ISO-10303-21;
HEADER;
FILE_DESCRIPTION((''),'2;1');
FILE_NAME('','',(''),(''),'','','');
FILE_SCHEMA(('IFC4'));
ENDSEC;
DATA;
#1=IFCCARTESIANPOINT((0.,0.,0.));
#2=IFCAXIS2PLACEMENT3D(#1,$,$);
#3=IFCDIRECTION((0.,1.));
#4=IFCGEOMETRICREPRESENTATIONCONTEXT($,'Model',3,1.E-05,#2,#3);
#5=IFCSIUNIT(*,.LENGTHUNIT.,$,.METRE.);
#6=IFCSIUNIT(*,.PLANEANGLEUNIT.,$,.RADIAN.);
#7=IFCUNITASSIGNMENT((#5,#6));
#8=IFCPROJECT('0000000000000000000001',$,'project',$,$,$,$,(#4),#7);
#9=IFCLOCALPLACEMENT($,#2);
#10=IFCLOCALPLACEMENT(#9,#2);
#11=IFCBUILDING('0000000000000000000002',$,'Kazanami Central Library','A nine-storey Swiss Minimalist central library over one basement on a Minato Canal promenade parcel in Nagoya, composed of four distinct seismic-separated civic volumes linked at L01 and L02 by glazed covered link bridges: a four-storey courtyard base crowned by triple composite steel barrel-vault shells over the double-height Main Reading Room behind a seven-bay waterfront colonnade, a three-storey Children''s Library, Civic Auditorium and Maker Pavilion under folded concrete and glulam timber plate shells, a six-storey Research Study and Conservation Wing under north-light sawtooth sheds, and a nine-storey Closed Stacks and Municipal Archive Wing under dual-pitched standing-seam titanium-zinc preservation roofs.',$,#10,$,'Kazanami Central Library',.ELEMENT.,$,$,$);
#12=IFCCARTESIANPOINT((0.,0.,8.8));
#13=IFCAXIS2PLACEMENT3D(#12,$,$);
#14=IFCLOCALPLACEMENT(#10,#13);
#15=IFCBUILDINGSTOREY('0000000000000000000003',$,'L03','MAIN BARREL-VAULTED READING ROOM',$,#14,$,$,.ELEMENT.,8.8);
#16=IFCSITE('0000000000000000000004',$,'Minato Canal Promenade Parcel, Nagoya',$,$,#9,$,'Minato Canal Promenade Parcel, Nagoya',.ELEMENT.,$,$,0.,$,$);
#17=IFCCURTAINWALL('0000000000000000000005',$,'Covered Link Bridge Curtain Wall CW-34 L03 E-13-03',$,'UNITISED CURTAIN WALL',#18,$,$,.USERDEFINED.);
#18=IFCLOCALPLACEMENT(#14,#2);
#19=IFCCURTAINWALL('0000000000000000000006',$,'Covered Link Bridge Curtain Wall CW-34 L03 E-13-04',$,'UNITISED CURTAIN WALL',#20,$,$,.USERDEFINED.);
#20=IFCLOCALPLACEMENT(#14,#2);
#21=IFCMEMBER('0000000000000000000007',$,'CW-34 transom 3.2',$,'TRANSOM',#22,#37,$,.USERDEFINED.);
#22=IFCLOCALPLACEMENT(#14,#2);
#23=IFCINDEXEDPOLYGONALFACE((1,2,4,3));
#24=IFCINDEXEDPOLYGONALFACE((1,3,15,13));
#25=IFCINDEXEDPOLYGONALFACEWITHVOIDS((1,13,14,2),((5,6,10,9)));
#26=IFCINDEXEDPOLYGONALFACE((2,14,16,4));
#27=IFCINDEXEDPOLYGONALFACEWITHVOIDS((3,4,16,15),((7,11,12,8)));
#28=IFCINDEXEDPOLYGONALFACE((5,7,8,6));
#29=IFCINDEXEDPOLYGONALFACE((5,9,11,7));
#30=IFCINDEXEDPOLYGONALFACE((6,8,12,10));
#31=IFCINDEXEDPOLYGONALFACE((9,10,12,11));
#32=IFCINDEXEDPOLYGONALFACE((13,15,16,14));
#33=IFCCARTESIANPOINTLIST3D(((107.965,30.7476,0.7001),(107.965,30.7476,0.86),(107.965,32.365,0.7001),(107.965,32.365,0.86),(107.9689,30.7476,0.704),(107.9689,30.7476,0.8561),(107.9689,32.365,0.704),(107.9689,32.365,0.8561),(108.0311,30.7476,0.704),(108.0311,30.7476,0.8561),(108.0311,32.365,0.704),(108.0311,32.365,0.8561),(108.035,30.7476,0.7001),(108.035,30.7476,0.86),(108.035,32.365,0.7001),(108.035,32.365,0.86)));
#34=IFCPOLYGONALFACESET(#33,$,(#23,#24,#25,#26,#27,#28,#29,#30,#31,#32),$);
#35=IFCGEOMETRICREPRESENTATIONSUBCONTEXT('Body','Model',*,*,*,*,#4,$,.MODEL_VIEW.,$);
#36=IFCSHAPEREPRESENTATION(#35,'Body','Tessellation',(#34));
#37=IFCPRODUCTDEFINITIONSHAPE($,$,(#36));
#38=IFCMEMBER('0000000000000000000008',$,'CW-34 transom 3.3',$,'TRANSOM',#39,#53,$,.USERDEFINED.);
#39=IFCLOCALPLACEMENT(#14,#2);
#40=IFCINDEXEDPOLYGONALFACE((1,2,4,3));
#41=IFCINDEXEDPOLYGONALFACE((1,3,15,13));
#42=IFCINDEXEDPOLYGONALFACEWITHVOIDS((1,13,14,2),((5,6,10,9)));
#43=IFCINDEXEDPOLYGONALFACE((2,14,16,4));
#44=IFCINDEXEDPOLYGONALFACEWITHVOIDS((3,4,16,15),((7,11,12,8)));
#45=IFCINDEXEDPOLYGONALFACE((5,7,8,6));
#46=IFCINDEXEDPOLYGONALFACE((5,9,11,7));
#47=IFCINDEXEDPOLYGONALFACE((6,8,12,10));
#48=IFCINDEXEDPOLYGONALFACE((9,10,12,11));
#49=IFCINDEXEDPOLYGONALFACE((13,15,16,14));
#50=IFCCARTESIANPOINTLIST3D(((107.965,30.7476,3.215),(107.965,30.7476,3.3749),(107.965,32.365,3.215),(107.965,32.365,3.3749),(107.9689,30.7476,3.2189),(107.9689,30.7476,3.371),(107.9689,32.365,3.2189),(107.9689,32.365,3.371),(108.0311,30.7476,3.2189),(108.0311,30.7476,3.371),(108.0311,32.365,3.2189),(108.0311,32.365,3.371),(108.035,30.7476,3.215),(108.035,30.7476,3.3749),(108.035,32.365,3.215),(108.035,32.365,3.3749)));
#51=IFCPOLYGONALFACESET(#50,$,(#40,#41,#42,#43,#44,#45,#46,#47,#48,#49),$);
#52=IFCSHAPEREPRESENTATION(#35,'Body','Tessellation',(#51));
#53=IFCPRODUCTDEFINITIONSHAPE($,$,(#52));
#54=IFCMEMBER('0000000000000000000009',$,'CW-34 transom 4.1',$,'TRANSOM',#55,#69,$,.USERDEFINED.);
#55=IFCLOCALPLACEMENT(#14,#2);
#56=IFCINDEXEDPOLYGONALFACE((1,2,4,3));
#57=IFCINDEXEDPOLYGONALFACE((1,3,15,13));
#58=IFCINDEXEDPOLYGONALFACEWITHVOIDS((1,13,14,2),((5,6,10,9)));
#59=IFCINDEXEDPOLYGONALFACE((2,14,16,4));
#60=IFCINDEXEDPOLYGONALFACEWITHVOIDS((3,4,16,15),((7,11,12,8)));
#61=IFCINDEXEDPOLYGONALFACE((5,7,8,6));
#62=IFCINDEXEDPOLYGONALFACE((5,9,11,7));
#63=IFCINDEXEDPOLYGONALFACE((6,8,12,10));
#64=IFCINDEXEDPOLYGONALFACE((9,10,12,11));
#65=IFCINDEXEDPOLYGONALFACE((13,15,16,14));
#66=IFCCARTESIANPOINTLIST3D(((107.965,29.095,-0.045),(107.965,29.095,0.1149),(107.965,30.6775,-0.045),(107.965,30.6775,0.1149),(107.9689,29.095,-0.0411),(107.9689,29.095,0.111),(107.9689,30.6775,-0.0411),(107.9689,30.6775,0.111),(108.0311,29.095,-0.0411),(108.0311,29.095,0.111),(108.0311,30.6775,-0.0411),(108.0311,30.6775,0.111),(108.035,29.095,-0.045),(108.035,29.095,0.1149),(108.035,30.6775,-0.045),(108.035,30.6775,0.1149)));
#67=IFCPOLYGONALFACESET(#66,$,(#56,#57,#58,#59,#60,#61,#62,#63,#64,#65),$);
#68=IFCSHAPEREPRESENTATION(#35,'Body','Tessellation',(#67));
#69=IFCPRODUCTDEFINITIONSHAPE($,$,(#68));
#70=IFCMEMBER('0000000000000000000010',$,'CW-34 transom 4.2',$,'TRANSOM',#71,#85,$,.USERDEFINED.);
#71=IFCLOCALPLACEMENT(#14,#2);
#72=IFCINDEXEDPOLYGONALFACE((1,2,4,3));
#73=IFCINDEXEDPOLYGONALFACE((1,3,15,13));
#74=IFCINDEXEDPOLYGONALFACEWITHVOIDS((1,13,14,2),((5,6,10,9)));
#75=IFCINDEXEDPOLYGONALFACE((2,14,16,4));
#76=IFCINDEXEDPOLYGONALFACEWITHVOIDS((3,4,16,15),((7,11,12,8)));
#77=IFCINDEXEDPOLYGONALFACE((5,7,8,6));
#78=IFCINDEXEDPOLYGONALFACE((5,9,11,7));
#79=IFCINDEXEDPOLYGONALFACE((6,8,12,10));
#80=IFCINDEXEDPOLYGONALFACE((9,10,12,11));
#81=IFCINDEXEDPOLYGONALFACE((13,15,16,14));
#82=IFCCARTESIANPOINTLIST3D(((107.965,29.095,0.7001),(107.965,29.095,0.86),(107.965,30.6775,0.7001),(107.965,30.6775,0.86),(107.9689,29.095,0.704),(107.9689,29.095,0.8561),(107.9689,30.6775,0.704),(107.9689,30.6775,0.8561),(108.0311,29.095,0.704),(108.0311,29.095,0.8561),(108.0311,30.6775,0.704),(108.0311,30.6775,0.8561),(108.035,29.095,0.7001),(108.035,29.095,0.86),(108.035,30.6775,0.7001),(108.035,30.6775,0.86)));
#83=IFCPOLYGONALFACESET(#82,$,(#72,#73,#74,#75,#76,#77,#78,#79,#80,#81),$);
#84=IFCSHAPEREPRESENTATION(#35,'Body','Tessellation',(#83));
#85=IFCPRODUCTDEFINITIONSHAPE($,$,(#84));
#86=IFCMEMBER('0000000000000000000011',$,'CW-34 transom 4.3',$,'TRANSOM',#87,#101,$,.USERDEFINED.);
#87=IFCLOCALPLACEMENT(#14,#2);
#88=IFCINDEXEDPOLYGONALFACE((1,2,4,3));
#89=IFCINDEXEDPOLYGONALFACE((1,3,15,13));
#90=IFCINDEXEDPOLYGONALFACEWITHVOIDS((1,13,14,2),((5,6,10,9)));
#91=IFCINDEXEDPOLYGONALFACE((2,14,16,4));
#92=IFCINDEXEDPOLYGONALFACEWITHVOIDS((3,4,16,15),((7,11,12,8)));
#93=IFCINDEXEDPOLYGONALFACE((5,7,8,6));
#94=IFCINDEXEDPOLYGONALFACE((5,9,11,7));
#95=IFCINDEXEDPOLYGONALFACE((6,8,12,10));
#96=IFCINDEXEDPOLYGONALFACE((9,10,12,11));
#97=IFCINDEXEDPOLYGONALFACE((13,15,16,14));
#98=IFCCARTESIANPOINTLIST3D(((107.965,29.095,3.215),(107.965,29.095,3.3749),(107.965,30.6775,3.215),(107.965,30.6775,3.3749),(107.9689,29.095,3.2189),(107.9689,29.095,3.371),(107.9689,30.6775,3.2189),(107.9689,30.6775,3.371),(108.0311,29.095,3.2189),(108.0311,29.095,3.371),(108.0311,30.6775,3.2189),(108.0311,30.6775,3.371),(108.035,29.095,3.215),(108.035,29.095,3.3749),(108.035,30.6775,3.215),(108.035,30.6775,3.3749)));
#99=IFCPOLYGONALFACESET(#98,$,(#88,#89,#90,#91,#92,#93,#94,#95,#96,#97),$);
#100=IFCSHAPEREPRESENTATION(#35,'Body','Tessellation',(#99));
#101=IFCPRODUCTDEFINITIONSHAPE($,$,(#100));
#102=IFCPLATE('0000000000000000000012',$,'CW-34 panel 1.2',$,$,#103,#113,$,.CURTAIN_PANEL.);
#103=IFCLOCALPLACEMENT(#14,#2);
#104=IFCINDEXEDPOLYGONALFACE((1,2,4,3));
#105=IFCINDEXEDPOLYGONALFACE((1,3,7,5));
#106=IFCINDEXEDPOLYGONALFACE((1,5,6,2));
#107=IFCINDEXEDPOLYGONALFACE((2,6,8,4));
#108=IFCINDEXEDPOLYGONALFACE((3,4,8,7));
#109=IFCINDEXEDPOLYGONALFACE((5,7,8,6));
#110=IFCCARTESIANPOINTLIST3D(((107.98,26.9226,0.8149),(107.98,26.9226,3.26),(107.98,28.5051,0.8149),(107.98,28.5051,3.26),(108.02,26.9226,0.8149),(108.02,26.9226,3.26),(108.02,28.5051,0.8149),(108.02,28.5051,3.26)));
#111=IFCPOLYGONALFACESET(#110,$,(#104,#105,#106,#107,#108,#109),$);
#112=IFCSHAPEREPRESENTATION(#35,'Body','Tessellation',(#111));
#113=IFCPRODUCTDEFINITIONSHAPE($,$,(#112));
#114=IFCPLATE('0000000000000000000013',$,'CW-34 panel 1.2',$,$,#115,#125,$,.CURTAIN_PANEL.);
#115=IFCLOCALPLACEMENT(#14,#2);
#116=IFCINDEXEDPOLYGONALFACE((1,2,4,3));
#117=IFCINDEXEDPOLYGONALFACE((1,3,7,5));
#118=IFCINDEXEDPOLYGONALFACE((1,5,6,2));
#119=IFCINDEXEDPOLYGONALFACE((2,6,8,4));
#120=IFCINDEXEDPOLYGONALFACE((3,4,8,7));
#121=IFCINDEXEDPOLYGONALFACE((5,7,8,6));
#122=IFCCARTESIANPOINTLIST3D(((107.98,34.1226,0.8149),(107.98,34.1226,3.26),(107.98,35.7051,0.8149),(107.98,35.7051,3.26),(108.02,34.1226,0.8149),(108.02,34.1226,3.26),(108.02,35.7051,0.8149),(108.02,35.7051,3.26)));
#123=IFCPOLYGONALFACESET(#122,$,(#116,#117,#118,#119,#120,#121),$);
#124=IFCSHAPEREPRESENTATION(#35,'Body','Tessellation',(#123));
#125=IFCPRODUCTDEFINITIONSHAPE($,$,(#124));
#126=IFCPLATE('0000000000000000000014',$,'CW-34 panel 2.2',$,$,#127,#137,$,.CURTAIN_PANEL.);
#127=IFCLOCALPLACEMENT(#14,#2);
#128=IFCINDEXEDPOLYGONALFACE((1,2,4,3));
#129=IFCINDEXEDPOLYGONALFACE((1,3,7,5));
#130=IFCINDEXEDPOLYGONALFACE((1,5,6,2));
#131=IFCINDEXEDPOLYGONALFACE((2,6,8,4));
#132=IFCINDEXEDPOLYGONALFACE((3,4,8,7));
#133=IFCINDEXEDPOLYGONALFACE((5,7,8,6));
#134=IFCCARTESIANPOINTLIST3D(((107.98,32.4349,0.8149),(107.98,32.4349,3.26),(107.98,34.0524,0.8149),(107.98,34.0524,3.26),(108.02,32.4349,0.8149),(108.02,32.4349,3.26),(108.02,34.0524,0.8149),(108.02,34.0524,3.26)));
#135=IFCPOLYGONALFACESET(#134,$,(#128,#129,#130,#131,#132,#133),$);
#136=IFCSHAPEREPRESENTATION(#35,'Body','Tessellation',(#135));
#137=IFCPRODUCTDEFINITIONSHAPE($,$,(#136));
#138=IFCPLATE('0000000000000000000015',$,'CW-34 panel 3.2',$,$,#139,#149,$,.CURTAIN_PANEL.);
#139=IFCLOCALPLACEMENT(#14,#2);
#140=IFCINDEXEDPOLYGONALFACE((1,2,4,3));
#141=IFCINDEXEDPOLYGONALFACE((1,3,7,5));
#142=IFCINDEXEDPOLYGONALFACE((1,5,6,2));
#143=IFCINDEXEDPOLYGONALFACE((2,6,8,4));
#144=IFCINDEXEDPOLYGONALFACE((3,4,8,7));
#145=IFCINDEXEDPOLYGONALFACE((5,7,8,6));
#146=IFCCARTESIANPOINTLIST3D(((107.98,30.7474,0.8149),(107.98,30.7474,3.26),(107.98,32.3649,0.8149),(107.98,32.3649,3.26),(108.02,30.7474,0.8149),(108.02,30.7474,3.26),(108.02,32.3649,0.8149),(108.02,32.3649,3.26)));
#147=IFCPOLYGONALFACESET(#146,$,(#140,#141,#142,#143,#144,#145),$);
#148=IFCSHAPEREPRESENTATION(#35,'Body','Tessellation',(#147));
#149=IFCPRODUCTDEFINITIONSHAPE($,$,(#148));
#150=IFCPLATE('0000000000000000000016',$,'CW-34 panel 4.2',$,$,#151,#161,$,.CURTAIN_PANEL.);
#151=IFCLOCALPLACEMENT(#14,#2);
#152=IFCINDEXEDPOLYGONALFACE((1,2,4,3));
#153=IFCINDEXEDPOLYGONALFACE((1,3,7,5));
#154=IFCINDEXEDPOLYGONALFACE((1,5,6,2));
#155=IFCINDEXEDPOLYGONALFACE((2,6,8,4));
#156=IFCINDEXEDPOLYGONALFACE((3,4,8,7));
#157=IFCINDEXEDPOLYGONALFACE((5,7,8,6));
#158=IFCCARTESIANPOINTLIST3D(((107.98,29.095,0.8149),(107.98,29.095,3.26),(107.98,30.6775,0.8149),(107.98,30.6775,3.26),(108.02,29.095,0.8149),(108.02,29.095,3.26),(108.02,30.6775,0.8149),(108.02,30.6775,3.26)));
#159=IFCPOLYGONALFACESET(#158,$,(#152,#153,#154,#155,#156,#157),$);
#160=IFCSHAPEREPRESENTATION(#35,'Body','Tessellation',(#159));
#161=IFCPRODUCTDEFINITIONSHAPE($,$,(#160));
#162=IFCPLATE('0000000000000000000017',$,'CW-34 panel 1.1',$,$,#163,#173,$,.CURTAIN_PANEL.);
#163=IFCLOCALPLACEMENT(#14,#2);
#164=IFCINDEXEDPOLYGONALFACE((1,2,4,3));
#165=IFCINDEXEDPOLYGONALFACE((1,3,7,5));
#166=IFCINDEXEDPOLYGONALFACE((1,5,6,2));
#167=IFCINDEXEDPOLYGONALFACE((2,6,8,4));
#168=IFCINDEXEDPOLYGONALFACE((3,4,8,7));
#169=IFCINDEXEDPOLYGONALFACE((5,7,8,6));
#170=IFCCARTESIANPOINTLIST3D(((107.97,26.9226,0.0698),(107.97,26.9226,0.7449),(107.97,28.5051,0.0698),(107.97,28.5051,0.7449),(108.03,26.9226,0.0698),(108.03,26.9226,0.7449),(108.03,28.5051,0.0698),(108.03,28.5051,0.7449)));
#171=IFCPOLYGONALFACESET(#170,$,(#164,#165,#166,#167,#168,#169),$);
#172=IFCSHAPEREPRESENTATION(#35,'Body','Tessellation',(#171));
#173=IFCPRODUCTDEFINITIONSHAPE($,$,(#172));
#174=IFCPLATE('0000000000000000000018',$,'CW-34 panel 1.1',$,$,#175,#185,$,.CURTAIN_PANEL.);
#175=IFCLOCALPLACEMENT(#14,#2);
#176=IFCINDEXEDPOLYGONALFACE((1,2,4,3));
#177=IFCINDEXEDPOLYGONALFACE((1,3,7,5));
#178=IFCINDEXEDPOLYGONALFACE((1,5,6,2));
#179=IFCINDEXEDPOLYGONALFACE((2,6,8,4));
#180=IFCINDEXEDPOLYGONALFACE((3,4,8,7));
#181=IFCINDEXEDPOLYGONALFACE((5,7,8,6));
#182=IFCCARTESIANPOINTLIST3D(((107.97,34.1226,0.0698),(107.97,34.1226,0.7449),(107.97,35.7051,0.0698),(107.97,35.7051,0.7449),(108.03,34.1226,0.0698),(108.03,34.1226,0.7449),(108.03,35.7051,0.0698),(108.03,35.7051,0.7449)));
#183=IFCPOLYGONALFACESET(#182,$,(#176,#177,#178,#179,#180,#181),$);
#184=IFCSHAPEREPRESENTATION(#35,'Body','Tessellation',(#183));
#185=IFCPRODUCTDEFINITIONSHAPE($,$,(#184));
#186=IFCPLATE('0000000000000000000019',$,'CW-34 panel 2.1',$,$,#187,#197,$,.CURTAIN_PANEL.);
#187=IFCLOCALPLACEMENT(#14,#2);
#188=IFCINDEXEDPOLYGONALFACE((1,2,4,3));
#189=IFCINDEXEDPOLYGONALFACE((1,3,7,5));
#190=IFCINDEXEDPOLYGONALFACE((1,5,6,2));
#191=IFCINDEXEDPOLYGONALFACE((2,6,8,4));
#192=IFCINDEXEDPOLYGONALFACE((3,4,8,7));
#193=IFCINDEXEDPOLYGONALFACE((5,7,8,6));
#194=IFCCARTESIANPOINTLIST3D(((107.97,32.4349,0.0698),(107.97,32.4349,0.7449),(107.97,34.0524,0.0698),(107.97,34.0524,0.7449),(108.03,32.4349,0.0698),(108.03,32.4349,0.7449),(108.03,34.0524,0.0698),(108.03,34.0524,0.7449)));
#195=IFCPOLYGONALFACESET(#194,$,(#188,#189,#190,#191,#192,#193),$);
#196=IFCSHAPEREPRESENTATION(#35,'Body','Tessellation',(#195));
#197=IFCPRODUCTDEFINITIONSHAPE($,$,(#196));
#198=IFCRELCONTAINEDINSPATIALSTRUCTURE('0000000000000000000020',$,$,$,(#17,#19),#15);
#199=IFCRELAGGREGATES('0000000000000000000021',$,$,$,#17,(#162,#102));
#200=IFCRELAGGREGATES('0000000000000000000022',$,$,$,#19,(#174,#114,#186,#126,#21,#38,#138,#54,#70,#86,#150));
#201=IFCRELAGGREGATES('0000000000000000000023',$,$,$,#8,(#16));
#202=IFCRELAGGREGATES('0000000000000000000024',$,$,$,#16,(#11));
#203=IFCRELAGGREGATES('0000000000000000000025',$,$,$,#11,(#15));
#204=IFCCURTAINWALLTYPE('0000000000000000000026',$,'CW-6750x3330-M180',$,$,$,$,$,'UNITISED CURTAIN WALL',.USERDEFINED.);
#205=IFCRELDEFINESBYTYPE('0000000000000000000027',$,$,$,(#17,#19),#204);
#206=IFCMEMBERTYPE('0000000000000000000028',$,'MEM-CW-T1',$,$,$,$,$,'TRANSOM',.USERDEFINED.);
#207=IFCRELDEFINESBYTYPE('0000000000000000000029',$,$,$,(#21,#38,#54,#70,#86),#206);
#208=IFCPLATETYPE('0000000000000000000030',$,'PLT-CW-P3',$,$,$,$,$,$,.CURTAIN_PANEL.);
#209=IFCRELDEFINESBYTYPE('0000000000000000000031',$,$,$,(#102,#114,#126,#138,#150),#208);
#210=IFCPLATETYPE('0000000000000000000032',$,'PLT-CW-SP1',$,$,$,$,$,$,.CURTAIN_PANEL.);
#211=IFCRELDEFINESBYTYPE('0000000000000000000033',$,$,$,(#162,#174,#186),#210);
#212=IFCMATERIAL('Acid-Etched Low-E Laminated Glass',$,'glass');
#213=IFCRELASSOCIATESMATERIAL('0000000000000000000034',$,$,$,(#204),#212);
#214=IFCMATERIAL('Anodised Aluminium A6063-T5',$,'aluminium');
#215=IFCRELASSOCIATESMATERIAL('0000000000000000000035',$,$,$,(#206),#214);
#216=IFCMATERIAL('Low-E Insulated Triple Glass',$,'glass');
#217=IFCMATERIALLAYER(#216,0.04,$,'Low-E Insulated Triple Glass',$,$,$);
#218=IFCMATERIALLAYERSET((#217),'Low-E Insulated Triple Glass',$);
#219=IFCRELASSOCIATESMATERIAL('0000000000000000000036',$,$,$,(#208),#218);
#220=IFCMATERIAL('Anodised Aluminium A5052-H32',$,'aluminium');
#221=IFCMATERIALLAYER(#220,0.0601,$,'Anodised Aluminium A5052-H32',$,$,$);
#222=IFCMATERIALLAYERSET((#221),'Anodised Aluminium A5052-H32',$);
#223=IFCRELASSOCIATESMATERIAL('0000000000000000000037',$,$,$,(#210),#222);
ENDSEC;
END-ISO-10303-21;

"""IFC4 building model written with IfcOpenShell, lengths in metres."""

from ifc_helpers import new_model, si_unit, direction, frame, origin, origin_2d, place, context, subcontext, project, spatial, rectangle, hollow_rectangle, extrude, material, layer, layer_set, material_profile, profile_set, type_object, element, aggregate, save


model = new_model("IFC4")

# Units and contexts
model_context = context("Model", 3, precision=1e-05, world=origin(), true_north=direction((0.0, 1.0)))
body_context = subcontext(model_context, "Body", "Model", "MODEL_VIEW")
ifc_project = project(units=[si_unit("LENGTHUNIT", "METRE"), si_unit("PLANEANGLEUNIT", "RADIAN")], contexts=[model_context])

# Site, building, storey
site_placement = place(None, origin())
site = spatial("IfcSite", under=ifc_project, at=site_placement, Name="Minato Canal Promenade Parcel, Nagoya", LongName="Minato Canal Promenade Parcel, Nagoya", CompositionType="ELEMENT", RefElevation=0.0)
building_placement = place(site_placement, origin())
building = spatial("IfcBuilding", under=site, at=building_placement, Name="Kazanami Central Library", Description="A nine-storey Swiss Minimalist central library over one basement on a Minato Canal promenade parcel in Nagoya, composed of four distinct seismic-separated civic volumes linked at L01 and L02 by glazed covered link bridges: a four-storey courtyard base crowned by triple composite steel barrel-vault shells over the double-height Main Reading Room behind a seven-bay waterfront colonnade, a three-storey Children's Library, Civic Auditorium and Maker Pavilion under folded concrete and glulam timber plate shells, a six-storey Research Study and Conservation Wing under north-light sawtooth sheds, and a nine-storey Closed Stacks and Municipal Archive Wing under dual-pitched standing-seam titanium-zinc preservation roofs.", LongName="Kazanami Central Library", CompositionType="ELEMENT")
storey_placement = place(building_placement, frame((0.0, 0.0, 8.8)))
storey = spatial("IfcBuildingStorey", under=building, at=storey_placement, Name="L03", Description="MAIN BARREL-VAULTED READING ROOM", CompositionType="ELEMENT", Elevation=8.8)

# Curtain walls
ifc_material_1 = material(Name="Acid-Etched Low-E Laminated Glass", Category="glass")
curtain_wall_type = type_object("IfcCurtainWallType", Name="CW-6750x3330-M180", ElementType="UNITISED CURTAIN WALL", PredefinedType="USERDEFINED", material=ifc_material_1)
curtain_wall_1_placement = place(storey_placement, origin())
curtain_wall_1 = element("IfcCurtainWall", 1, at=curtain_wall_1_placement, inside=storey, type_object=curtain_wall_type, Name="Covered Link Bridge Curtain Wall CW-34 L03 E-13-03", ObjectType="UNITISED CURTAIN WALL", PredefinedType="USERDEFINED")
ifc_material_2 = material(Name="Anodised Aluminium A6063-T5", Category="aluminium")
curtain_wall_2_placement = place(storey_placement, origin())
curtain_wall_2 = element("IfcCurtainWall", 2, at=curtain_wall_2_placement, inside=storey, type_object=curtain_wall_type, Name="Covered Link Bridge Curtain Wall CW-34 L03 E-13-04", ObjectType="UNITISED CURTAIN WALL", PredefinedType="USERDEFINED")

# Members
ifc_material_profile_1 = material_profile(ifc_material_2, hollow_rectangle(XDim=0.0701, YDim=0.1599, WallThickness=0.0039, at=origin_2d()), Name="ALU-TRAN-70x160x4")
ifc_profile_set_1 = profile_set([ifc_material_profile_1], Name="Anodised Aluminium A6063-T5")
member_type_1 = type_object("IfcMemberType", Name="MEM-CW-T1", ElementType="TRANSOM", PredefinedType="USERDEFINED", material=ifc_profile_set_1)
member_1_placement = place(storey_placement, frame((108.0, 32.365, 0.78), z_axis=(0.0, -1.0, 0.0), x_axis=(1.0, 0.0, 0.0)))
member_1 = element("IfcMember", 3, at=member_1_placement, type_object=member_type_1, Name="CW-34 transom 3.2", ObjectType="TRANSOM", PredefinedType="USERDEFINED", context=body_context, shape_type="SweptSolid", body=[
    extrude(hollow_rectangle(XDim=0.0701, YDim=0.1599, WallThickness=0.0039, at=origin_2d()), origin(), (0.0, 0.0, 1.0), 1.6174),
])
member_2_placement = place(storey_placement, frame((108.0, 32.365, 3.2949), z_axis=(0.0, -1.0, 0.0), x_axis=(1.0, 0.0, 0.0)))
member_2 = element("IfcMember", 4, at=member_2_placement, type_object=member_type_1, Name="CW-34 transom 3.3", ObjectType="TRANSOM", PredefinedType="USERDEFINED", context=body_context, shape_type="SweptSolid", body=[
    extrude(hollow_rectangle(XDim=0.0701, YDim=0.1599, WallThickness=0.0039, at=origin_2d()), origin(), (0.0, 0.0, 1.0), 1.6174),
])
member_3_placement = place(storey_placement, frame((108.0, 30.6775, 0.0349), z_axis=(0.0, -1.0, 0.0), x_axis=(1.0, 0.0, 0.0)))
member_3 = element("IfcMember", 5, at=member_3_placement, type_object=member_type_1, Name="CW-34 transom 4.1", ObjectType="TRANSOM", PredefinedType="USERDEFINED", context=body_context, shape_type="SweptSolid", body=[
    extrude(hollow_rectangle(XDim=0.0701, YDim=0.1599, WallThickness=0.0039, at=origin_2d()), origin(), (0.0, 0.0, 1.0), 1.5825),
])
member_4_placement = place(storey_placement, frame((108.0, 30.6775, 0.78), z_axis=(0.0, -1.0, 0.0), x_axis=(1.0, 0.0, 0.0)))
member_4 = element("IfcMember", 6, at=member_4_placement, type_object=member_type_1, Name="CW-34 transom 4.2", ObjectType="TRANSOM", PredefinedType="USERDEFINED", context=body_context, shape_type="SweptSolid", body=[
    extrude(hollow_rectangle(XDim=0.0701, YDim=0.1599, WallThickness=0.0039, at=origin_2d()), origin(), (0.0, 0.0, 1.0), 1.5825),
])
member_5_placement = place(storey_placement, frame((108.0, 30.6775, 3.2949), z_axis=(0.0, -1.0, 0.0), x_axis=(1.0, 0.0, 0.0)))
member_5 = element("IfcMember", 7, at=member_5_placement, type_object=member_type_1, Name="CW-34 transom 4.3", ObjectType="TRANSOM", PredefinedType="USERDEFINED", context=body_context, shape_type="SweptSolid", body=[
    extrude(hollow_rectangle(XDim=0.0701, YDim=0.1599, WallThickness=0.0039, at=origin_2d()), origin(), (0.0, 0.0, 1.0), 1.5825),
])

# Plates
ifc_material_3 = material(Name="Low-E Insulated Triple Glass", Category="glass")
ifc_layer_1 = layer(ifc_material_3, 0.04, Name="Low-E Insulated Triple Glass")
ifc_layer_set_1 = layer_set([ifc_layer_1], Name="Low-E Insulated Triple Glass")
plate_type_1 = type_object("IfcPlateType", Name="PLT-CW-P3", PredefinedType="CURTAIN_PANEL", material=ifc_layer_set_1)
plate_1_placement = place(storey_placement, frame((108.0, 27.7139, 0.8149), z_axis=(0.0, 0.0, 1.0), x_axis=(0.0, -1.0, 0.0)))
plate_1 = element("IfcPlate", 8, at=plate_1_placement, type_object=plate_type_1, Name="CW-34 panel 1.2", PredefinedType="CURTAIN_PANEL", context=body_context, shape_type="SweptSolid", body=[
    extrude(rectangle(XDim=1.5825, YDim=0.04, at=origin_2d()), origin(), (0.0, 0.0, 1.0), 2.4451),
])
plate_2_placement = place(storey_placement, frame((108.0, 34.9138, 0.8149), z_axis=(0.0, 0.0, 1.0), x_axis=(0.0, -1.0, 0.0)))
plate_2 = element("IfcPlate", 9, at=plate_2_placement, type_object=plate_type_1, Name="CW-34 panel 1.2", PredefinedType="CURTAIN_PANEL", context=body_context, shape_type="SweptSolid", body=[
    extrude(rectangle(XDim=1.5825, YDim=0.04, at=origin_2d()), origin(), (0.0, 0.0, 1.0), 2.4451),
])
plate_3_placement = place(storey_placement, frame((108.0, 33.2437, 0.8149), z_axis=(0.0, 0.0, 1.0), x_axis=(0.0, -1.0, 0.0)))
plate_3 = element("IfcPlate", 10, at=plate_3_placement, type_object=plate_type_1, Name="CW-34 panel 2.2", PredefinedType="CURTAIN_PANEL", context=body_context, shape_type="SweptSolid", body=[
    extrude(rectangle(XDim=1.6174, YDim=0.04, at=origin_2d()), origin(), (0.0, 0.0, 1.0), 2.4451),
])
plate_4_placement = place(storey_placement, frame((108.0, 31.5562, 0.8149), z_axis=(0.0, 0.0, 1.0), x_axis=(0.0, -1.0, 0.0)))
plate_4 = element("IfcPlate", 11, at=plate_4_placement, type_object=plate_type_1, Name="CW-34 panel 3.2", PredefinedType="CURTAIN_PANEL", context=body_context, shape_type="SweptSolid", body=[
    extrude(rectangle(XDim=1.6174, YDim=0.04, at=origin_2d()), origin(), (0.0, 0.0, 1.0), 2.4451),
])
plate_5_placement = place(storey_placement, frame((108.0, 29.8862, 0.8149), z_axis=(0.0, 0.0, 1.0), x_axis=(0.0, -1.0, 0.0)))
plate_5 = element("IfcPlate", 12, at=plate_5_placement, type_object=plate_type_1, Name="CW-34 panel 4.2", PredefinedType="CURTAIN_PANEL", context=body_context, shape_type="SweptSolid", body=[
    extrude(rectangle(XDim=1.5825, YDim=0.04, at=origin_2d()), origin(), (0.0, 0.0, 1.0), 2.4451),
])
ifc_material_4 = material(Name="Anodised Aluminium A5052-H32", Category="aluminium")
ifc_layer_2 = layer(ifc_material_4, 0.0601, Name="Anodised Aluminium A5052-H32")
ifc_layer_set_2 = layer_set([ifc_layer_2], Name="Anodised Aluminium A5052-H32")
plate_type_2 = type_object("IfcPlateType", Name="PLT-CW-SP1", PredefinedType="CURTAIN_PANEL", material=ifc_layer_set_2)
plate_6_placement = place(storey_placement, frame((108.0, 27.7139, 0.0698), z_axis=(0.0, 0.0, 1.0), x_axis=(0.0, -1.0, 0.0)))
plate_6 = element("IfcPlate", 13, at=plate_6_placement, type_object=plate_type_2, Name="CW-34 panel 1.1", PredefinedType="CURTAIN_PANEL", context=body_context, shape_type="SweptSolid", body=[
    extrude(rectangle(XDim=1.5825, YDim=0.0601, at=origin_2d()), origin(), (0.0, 0.0, 1.0), 0.675),
])
aggregate(curtain_wall_1, [plate_6, plate_1])
plate_7_placement = place(storey_placement, frame((108.0, 34.9138, 0.0698), z_axis=(0.0, 0.0, 1.0), x_axis=(0.0, -1.0, 0.0)))
plate_7 = element("IfcPlate", 14, at=plate_7_placement, type_object=plate_type_2, Name="CW-34 panel 1.1", PredefinedType="CURTAIN_PANEL", context=body_context, shape_type="SweptSolid", body=[
    extrude(rectangle(XDim=1.5825, YDim=0.0601, at=origin_2d()), origin(), (0.0, 0.0, 1.0), 0.675),
])
plate_8_placement = place(storey_placement, frame((108.0, 33.2437, 0.0698), z_axis=(0.0, 0.0, 1.0), x_axis=(0.0, -1.0, 0.0)))
plate_8 = element("IfcPlate", 15, at=plate_8_placement, type_object=plate_type_2, Name="CW-34 panel 2.1", PredefinedType="CURTAIN_PANEL", context=body_context, shape_type="SweptSolid", body=[
    extrude(rectangle(XDim=1.6174, YDim=0.0601, at=origin_2d()), origin(), (0.0, 0.0, 1.0), 0.675),
])
aggregate(curtain_wall_2, [plate_7, plate_2, plate_8, plate_3, member_1, member_2, plate_4, member_3, member_4, member_5, plate_5])

save(model, "model.ifc")
